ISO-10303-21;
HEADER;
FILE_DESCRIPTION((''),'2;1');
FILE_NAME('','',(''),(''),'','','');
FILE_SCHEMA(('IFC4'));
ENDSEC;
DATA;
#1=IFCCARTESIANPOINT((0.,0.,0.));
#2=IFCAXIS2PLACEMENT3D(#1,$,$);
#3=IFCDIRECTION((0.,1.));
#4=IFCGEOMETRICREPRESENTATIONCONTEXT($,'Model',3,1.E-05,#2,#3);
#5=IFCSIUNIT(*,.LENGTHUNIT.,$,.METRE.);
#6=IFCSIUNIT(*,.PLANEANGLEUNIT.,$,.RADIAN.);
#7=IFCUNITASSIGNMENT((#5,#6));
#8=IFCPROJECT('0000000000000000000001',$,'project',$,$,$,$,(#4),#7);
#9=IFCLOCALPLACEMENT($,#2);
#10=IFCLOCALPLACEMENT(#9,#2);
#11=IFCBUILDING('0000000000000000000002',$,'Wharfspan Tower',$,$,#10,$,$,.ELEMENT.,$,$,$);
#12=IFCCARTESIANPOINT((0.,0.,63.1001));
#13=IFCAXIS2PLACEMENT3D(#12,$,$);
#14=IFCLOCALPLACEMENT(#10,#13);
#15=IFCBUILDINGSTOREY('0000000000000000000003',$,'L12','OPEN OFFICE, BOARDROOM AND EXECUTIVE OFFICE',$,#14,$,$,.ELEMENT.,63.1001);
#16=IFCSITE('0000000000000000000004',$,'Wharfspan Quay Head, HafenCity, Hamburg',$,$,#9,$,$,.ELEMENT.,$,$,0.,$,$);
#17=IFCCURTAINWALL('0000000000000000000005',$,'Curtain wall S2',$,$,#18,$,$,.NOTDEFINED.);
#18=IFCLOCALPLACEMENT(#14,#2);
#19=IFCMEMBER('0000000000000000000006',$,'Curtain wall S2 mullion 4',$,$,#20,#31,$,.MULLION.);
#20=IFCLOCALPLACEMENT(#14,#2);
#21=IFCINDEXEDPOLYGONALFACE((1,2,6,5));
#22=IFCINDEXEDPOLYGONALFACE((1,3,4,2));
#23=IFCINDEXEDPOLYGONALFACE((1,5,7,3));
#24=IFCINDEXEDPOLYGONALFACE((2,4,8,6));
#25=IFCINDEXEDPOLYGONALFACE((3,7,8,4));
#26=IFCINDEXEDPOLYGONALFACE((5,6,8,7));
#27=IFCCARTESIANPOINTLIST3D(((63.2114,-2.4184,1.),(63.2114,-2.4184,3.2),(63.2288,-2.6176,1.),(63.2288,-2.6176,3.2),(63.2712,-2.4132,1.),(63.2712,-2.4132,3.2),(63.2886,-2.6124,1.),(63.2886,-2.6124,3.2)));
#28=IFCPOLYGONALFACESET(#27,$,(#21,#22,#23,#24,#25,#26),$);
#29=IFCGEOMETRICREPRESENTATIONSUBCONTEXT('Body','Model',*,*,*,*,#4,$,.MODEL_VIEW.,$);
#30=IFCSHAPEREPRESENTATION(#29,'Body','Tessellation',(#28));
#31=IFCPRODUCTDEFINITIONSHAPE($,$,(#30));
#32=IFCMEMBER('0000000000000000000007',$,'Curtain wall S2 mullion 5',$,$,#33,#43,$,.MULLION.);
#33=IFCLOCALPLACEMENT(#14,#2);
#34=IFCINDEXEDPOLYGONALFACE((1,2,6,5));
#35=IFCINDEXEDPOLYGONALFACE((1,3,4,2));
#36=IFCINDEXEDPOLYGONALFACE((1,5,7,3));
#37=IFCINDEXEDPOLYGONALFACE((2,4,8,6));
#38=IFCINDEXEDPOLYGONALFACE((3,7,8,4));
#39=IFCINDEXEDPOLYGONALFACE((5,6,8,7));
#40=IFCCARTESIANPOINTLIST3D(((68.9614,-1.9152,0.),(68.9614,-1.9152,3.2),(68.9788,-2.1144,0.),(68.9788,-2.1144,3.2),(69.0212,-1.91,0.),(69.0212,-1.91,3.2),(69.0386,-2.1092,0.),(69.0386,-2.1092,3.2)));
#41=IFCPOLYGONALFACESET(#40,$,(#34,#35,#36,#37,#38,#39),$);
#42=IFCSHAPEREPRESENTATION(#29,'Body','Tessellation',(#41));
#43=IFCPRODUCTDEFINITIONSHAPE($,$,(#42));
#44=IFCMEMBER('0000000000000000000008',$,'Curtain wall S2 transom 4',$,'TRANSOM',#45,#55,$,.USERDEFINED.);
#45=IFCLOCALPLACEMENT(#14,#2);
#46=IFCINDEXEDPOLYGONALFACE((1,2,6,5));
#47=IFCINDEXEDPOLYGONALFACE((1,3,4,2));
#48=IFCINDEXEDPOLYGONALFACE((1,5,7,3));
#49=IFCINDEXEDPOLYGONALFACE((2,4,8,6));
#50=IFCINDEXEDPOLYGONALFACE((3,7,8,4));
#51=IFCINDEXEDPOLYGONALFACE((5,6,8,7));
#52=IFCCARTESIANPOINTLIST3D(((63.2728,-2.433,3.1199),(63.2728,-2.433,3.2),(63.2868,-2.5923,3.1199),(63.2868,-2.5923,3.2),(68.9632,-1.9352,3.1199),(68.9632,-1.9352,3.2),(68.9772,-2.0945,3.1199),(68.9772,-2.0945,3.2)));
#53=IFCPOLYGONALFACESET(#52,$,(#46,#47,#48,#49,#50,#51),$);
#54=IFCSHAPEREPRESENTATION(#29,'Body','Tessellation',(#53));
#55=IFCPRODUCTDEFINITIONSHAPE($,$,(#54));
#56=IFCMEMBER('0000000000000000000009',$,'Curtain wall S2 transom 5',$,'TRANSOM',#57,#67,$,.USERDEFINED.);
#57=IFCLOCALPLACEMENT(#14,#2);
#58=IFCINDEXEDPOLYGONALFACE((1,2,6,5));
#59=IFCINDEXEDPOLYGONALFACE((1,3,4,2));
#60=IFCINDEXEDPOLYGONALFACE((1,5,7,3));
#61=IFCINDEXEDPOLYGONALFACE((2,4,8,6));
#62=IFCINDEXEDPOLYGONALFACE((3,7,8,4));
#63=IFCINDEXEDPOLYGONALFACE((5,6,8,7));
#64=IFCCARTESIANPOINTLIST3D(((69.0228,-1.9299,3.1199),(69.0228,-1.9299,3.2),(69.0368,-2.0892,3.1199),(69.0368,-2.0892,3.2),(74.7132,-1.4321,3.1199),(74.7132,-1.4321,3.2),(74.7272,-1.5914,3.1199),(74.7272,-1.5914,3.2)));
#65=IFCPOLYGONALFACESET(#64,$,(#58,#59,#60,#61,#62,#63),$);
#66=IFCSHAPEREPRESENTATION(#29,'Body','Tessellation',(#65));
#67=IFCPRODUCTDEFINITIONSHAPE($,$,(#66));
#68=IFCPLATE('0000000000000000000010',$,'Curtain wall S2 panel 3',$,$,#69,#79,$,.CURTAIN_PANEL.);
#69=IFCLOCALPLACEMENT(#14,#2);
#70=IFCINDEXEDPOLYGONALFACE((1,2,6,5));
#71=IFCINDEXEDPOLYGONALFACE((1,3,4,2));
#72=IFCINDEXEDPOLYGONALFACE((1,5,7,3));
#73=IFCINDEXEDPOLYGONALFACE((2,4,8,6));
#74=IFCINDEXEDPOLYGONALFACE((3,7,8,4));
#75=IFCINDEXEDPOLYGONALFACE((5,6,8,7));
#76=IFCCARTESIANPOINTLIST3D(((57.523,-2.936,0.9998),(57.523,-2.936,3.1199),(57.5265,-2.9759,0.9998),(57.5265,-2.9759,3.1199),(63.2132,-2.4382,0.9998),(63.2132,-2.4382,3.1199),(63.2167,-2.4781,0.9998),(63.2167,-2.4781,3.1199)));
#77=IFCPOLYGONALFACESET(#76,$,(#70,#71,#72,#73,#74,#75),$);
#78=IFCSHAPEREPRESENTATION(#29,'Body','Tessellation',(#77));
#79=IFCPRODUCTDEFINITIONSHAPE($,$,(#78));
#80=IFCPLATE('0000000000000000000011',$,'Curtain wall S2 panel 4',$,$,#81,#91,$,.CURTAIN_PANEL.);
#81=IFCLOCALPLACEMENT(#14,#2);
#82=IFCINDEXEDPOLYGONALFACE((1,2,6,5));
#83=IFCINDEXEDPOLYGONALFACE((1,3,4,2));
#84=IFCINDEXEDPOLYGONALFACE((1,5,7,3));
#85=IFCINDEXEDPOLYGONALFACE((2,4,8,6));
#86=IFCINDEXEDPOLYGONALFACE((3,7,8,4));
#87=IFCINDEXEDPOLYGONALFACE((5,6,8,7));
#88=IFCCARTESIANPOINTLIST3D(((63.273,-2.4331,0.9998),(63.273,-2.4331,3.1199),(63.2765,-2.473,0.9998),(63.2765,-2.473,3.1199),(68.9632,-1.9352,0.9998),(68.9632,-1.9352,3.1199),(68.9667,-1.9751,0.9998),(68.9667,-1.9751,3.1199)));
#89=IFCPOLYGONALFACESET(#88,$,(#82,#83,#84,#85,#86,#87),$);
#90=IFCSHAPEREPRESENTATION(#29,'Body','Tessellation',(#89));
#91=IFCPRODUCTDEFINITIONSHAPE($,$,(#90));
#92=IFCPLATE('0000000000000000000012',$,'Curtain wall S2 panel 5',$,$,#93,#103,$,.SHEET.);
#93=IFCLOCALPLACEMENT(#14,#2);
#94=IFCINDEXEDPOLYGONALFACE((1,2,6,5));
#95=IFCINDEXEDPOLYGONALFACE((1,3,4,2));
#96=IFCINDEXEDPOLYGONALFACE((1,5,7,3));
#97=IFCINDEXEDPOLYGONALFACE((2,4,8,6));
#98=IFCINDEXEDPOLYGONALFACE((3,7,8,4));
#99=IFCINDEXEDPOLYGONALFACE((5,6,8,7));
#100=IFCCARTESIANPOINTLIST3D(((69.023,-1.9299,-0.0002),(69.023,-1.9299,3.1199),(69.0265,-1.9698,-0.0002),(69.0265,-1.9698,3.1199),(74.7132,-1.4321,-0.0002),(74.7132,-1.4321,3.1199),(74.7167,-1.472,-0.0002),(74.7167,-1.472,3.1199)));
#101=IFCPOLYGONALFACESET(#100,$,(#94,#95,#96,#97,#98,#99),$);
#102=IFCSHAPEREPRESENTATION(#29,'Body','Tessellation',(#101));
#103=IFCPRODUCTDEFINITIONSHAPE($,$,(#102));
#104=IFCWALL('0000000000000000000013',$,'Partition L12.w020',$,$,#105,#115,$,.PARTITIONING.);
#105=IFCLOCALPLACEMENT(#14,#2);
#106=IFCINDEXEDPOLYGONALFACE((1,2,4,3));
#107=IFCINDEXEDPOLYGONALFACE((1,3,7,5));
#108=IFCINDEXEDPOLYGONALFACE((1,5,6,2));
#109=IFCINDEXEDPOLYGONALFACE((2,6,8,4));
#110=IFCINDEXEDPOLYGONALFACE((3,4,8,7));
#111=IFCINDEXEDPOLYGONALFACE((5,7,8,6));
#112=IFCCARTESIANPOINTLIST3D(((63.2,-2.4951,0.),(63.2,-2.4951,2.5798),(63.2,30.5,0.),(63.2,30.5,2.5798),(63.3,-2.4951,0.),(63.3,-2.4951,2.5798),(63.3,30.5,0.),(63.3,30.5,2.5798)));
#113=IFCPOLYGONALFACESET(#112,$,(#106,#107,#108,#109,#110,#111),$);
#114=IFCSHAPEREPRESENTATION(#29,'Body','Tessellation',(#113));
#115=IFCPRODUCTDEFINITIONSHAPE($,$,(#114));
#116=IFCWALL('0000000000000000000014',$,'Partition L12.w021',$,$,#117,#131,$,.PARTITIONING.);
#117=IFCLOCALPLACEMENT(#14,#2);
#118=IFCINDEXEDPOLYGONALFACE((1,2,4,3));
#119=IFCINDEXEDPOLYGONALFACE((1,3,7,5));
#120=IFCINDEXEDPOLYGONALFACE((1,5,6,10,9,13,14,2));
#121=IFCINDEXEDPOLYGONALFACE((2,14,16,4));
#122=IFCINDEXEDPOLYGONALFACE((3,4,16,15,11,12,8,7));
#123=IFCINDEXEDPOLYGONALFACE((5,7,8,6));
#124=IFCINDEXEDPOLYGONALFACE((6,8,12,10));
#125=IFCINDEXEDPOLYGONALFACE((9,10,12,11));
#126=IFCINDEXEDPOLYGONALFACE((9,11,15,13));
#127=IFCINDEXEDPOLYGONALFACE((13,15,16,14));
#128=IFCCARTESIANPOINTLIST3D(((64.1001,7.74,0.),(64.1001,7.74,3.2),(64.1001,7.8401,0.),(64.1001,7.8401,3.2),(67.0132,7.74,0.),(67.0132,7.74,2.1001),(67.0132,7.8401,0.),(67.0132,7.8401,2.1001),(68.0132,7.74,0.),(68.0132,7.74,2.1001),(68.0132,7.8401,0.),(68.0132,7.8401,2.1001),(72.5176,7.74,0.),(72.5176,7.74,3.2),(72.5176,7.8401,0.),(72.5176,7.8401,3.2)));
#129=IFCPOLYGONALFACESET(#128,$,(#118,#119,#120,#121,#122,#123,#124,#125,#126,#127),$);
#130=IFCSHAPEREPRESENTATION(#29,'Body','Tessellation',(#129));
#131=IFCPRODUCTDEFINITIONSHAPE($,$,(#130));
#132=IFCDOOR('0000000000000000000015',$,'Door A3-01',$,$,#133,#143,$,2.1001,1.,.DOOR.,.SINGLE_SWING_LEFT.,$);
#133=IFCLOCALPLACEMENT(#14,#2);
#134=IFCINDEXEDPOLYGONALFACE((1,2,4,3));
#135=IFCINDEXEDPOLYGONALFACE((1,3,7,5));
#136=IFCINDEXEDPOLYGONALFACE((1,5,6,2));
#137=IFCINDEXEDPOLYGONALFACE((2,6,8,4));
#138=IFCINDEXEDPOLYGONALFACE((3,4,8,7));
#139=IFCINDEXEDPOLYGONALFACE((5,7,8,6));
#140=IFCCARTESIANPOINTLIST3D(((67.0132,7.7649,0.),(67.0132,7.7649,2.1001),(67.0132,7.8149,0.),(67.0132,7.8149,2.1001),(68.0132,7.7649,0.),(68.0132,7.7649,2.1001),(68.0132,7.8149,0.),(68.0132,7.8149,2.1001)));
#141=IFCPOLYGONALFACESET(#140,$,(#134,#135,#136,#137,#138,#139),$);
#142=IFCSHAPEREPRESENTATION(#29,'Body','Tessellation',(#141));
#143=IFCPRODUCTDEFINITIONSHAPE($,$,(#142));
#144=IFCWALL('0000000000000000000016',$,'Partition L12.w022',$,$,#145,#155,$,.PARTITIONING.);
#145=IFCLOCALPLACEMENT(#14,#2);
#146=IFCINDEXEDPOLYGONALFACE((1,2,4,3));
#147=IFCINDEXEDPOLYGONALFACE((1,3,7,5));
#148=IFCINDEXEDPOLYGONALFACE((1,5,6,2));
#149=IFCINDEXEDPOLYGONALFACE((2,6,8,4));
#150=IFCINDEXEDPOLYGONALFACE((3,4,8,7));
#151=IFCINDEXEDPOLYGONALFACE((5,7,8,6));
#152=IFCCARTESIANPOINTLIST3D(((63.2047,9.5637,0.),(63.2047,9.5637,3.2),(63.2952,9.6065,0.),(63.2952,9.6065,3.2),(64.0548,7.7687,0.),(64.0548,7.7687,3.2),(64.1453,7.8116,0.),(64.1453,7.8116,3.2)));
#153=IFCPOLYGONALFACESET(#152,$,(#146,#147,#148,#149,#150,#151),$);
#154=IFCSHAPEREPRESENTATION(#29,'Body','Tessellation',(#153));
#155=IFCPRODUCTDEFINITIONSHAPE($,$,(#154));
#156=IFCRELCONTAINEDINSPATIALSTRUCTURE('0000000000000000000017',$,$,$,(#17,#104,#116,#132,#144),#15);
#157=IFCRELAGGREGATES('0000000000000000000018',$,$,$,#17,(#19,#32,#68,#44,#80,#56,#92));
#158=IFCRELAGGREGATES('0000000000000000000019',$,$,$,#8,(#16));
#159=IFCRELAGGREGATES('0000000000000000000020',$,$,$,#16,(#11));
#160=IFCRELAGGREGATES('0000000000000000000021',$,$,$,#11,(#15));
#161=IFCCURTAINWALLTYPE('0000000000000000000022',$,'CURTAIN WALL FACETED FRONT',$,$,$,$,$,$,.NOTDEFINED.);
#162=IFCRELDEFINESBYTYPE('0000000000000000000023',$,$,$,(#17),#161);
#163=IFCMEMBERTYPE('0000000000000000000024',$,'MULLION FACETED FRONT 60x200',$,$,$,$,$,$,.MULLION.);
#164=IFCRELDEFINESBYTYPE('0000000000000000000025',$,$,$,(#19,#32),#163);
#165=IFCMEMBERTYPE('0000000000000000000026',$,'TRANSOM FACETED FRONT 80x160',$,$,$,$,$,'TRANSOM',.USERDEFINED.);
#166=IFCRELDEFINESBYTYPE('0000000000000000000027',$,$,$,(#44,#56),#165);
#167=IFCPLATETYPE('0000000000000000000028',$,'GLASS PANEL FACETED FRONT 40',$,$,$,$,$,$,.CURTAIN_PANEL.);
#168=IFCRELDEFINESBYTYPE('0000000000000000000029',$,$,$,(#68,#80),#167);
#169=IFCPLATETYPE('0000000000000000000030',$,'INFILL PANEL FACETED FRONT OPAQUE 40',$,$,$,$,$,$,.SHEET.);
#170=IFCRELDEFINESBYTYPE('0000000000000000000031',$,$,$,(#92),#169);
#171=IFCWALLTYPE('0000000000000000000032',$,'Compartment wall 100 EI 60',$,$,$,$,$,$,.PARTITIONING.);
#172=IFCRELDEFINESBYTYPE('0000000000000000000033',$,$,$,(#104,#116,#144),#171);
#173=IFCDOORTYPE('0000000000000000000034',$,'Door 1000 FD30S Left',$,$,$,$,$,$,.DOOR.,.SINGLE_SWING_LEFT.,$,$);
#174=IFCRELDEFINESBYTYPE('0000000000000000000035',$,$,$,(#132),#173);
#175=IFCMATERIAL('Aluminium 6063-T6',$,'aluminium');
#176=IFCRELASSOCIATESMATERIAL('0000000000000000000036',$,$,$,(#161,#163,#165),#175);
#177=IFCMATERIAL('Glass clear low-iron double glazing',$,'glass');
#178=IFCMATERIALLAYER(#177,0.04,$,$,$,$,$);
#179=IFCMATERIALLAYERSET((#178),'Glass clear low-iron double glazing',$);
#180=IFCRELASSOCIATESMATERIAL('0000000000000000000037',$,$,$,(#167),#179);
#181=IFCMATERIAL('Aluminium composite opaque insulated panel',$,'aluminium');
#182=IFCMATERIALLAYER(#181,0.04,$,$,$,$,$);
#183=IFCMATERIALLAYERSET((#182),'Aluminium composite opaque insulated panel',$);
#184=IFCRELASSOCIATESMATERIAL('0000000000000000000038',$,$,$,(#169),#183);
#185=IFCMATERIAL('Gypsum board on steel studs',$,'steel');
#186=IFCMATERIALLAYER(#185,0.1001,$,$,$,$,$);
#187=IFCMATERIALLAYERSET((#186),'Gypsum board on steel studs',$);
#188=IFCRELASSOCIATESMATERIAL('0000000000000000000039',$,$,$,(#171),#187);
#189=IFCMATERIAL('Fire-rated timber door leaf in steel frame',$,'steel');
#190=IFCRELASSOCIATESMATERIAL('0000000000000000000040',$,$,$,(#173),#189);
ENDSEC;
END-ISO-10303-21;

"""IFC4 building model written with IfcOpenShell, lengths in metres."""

from ifc_helpers import new_model, si_unit, direction, frame, frame_2d, origin, origin_2d, place, context, subcontext, project, spatial, rectangle, extrude, material, layer, layer_set, material_profile, profile_set, type_object, element, fill, aggregate, save


model = new_model("IFC4")

# Units and contexts
model_context = context("Model", 3, precision=1e-05, world=origin(), true_north=direction((0.0, 1.0)))
body_context = subcontext(model_context, "Body", "Model", "MODEL_VIEW")
ifc_project = project(units=[si_unit("LENGTHUNIT", "METRE"), si_unit("PLANEANGLEUNIT", "RADIAN")], contexts=[model_context])

# Site, building, storey
site_placement = place(None, origin())
site = spatial("IfcSite", under=ifc_project, at=site_placement, Name="Wharfspan Quay Head, HafenCity, Hamburg", CompositionType="ELEMENT", RefElevation=0.0)
building_placement = place(site_placement, origin())
building = spatial("IfcBuilding", under=site, at=building_placement, Name="Wharfspan Tower", CompositionType="ELEMENT")
storey_placement = place(building_placement, frame((0.0, 0.0, 63.1001)))
storey = spatial("IfcBuildingStorey", under=building, at=storey_placement, Name="L12", Description="OPEN OFFICE, BOARDROOM AND EXECUTIVE OFFICE", CompositionType="ELEMENT", Elevation=63.1001)

# Curtain wall, members, plates
ifc_material_1 = material(Name="Aluminium 6063-T6", Category="aluminium")
curtain_wall_type = type_object("IfcCurtainWallType", Name="CURTAIN WALL FACETED FRONT", PredefinedType="NOTDEFINED", material=ifc_material_1)
curtain_wall_placement = place(storey_placement, origin())
curtain_wall = element("IfcCurtainWall", 1, at=curtain_wall_placement, inside=storey, type_object=curtain_wall_type, Name="Curtain wall S2", PredefinedType="NOTDEFINED")
ifc_material_profile_1 = material_profile(ifc_material_1, rectangle(XDim=0.2, YDim=0.0601, at=origin_2d()))
ifc_profile_set_1 = profile_set([ifc_material_profile_1], Name="Aluminium 6063-T6")
member_type_1 = type_object("IfcMemberType", Name="MULLION FACETED FRONT 60x200", PredefinedType="MULLION", material=ifc_profile_set_1)
member_1_placement = place(storey_placement, frame((63.25, -2.5154, 1.0), z_axis=(0.0, 0.0, 1.0), x_axis=(-0.087156, 0.996197, 0.0)))
member_1 = element("IfcMember", 2, at=member_1_placement, type_object=member_type_1, Name="Curtain wall S2 mullion 4", PredefinedType="MULLION", context=body_context, shape_type="SweptSolid", body=[
    extrude(rectangle(XDim=0.2, YDim=0.0601, at=origin_2d()), origin(), (0.0, 0.0, 1.0), 2.2),
])
member_2_placement = place(storey_placement, frame((69.0, -2.0122, 0.0), z_axis=(0.0, 0.0, 1.0), x_axis=(-0.087156, 0.996197, 0.0)))
member_2 = element("IfcMember", 3, at=member_2_placement, type_object=member_type_1, Name="Curtain wall S2 mullion 5", PredefinedType="MULLION", context=body_context, shape_type="SweptSolid", body=[
    extrude(rectangle(XDim=0.2, YDim=0.0601, at=origin_2d()), origin(), (0.0, 0.0, 1.0), 3.2),
])
ifc_material_profile_2 = material_profile(ifc_material_1, rectangle(XDim=0.1599, YDim=0.0801, at=origin_2d()))
ifc_profile_set_2 = profile_set([ifc_material_profile_2], Name="Aluminium 6063-T6")
member_type_2 = type_object("IfcMemberType", Name="TRANSOM FACETED FRONT 80x160", ElementType="TRANSOM", PredefinedType="USERDEFINED", material=ifc_profile_set_2)
member_3_placement = place(storey_placement, frame((63.2798, -2.5127, 3.1599), z_axis=(0.996195, 0.087148, 0.0), x_axis=(-0.087148, 0.996195, 0.0)))
member_3 = element("IfcMember", 4, at=member_3_placement, type_object=member_type_2, Name="Curtain wall S2 transom 4", ObjectType="TRANSOM", PredefinedType="USERDEFINED", context=body_context, shape_type="SweptSolid", body=[
    extrude(rectangle(XDim=0.1599, YDim=0.0801, at=origin_2d()), origin(), (0.0, 0.0, 1.0), 5.7122),
])
member_4_placement = place(storey_placement, frame((69.0298, -2.0095, 3.1599), z_axis=(0.996195, 0.087148, 0.0), x_axis=(-0.087148, 0.996195, 0.0)))
member_4 = element("IfcMember", 5, at=member_4_placement, type_object=member_type_2, Name="Curtain wall S2 transom 5", ObjectType="TRANSOM", PredefinedType="USERDEFINED", context=body_context, shape_type="SweptSolid", body=[
    extrude(rectangle(XDim=0.1599, YDim=0.0801, at=origin_2d()), origin(), (0.0, 0.0, 1.0), 5.7122),
])
ifc_material_2 = material(Name="Glass clear low-iron double glazing", Category="glass")
ifc_layer_1 = layer(ifc_material_2, 0.04)
ifc_layer_set_1 = layer_set([ifc_layer_1], Name="Glass clear low-iron double glazing")
plate_type_1 = type_object("IfcPlateType", Name="GLASS PANEL FACETED FRONT 40", PredefinedType="CURTAIN_PANEL", material=ifc_layer_set_1)
plate_1_placement = place(storey_placement, frame((60.3699, -2.707, 0.9998), z_axis=(0.0, 0.0, 1.0), x_axis=(0.996197, 0.087156, 0.0)))
plate_1 = element("IfcPlate", 6, at=plate_1_placement, type_object=plate_type_1, Name="Curtain wall S2 panel 3", PredefinedType="CURTAIN_PANEL", context=body_context, shape_type="SweptSolid", body=[
    extrude(rectangle(XDim=5.7119, YDim=0.04, at=origin_2d()), origin(), (0.0, 0.0, 1.0), 2.1201),
])
plate_2_placement = place(storey_placement, frame((66.1199, -2.2041, 0.9998), z_axis=(0.0, 0.0, 1.0), x_axis=(0.996197, 0.087156, 0.0)))
plate_2 = element("IfcPlate", 7, at=plate_2_placement, type_object=plate_type_1, Name="Curtain wall S2 panel 4", PredefinedType="CURTAIN_PANEL", context=body_context, shape_type="SweptSolid", body=[
    extrude(rectangle(XDim=5.7119, YDim=0.04, at=origin_2d()), origin(), (0.0, 0.0, 1.0), 2.1201),
])
ifc_material_3 = material(Name="Aluminium composite opaque insulated panel", Category="aluminium")
ifc_layer_2 = layer(ifc_material_3, 0.04)
ifc_layer_set_2 = layer_set([ifc_layer_2], Name="Aluminium composite opaque insulated panel")
plate_type_2 = type_object("IfcPlateType", Name="INFILL PANEL FACETED FRONT OPAQUE 40", PredefinedType="SHEET", material=ifc_layer_set_2)
plate_3_placement = place(storey_placement, frame((71.8699, -1.7009, -0.0002), z_axis=(0.0, 0.0, 1.0), x_axis=(0.996197, 0.087156, 0.0)))
plate_3 = element("IfcPlate", 8, at=plate_3_placement, type_object=plate_type_2, Name="Curtain wall S2 panel 5", PredefinedType="SHEET", context=body_context, shape_type="SweptSolid", body=[
    extrude(rectangle(XDim=5.7119, YDim=0.04, at=origin_2d()), origin(), (0.0, 0.0, 1.0), 3.1201),
])
aggregate(curtain_wall, [member_1, member_2, plate_1, member_3, plate_2, member_4, plate_3])

# Wall
ifc_material_4 = material(Name="Gypsum board on steel studs", Category="steel")
ifc_layer_3 = layer(ifc_material_4, 0.1001)
ifc_layer_set_3 = layer_set([ifc_layer_3], Name="Gypsum board on steel studs")
wall_type_1 = type_object("IfcWallType", Name="Compartment wall 100 EI 60", PredefinedType="PARTITIONING", material=ifc_layer_set_3)
wall_1_placement = place(storey_placement, frame((63.25, -2.4951, 0.0), z_axis=(0.0, 0.0, 1.0), x_axis=(0.0, 1.0, 0.0)))
element("IfcWall", 9, at=wall_1_placement, inside=storey, type_object=wall_type_1, Name="Partition L12.w020", PredefinedType="PARTITIONING", context=body_context, shape_type="SweptSolid", body=[
    extrude(rectangle(XDim=32.9951, YDim=0.1001, at=frame_2d((16.4976, 0.0))), origin(), (0.0, 0.0, 1.0), 2.5798),
])

# Wall, opening, door
wall_2_placement = place(storey_placement, frame((64.1001, 7.79, 0.0), z_axis=(0.0, 0.0, 1.0), x_axis=(1.0, 0.0, 0.0)))
wall_2 = element("IfcWall", 10, at=wall_2_placement, inside=storey, type_object=wall_type_1, Name="Partition L12.w021", PredefinedType="PARTITIONING", context=body_context, shape_type="SweptSolid", body=[
    extrude(rectangle(XDim=8.4175, YDim=0.1001, at=frame_2d((4.2087, 0.0))), origin(), (0.0, 0.0, 1.0), 3.2),
])
opening_1_placement = place(wall_2_placement, frame((2.9131, 0.0, 0.0)))
opening_1 = element("IfcOpeningElement", 11, at=opening_1_placement, cuts=wall_2, PredefinedType="OPENING", context=body_context, shape_type="SweptSolid", body=[
    extrude(rectangle(XDim=1.0, YDim=2.1001, at=frame_2d((0.5, 1.05))), frame((0.0, 0.0601, 0.0), z_axis=(0.0, -1.0, 0.0), x_axis=(1.0, 0.0, 0.0)), (0.0, 0.0, 1.0), 0.1201),
])
ifc_material_5 = material(Name="Fire-rated timber door leaf in steel frame", Category="steel")
door_type_1 = type_object("IfcDoorType", Name="Door 1000 FD30S Left", OperationType="SINGLE_SWING_LEFT", PredefinedType="DOOR", material=ifc_material_5)
door_1_placement = place(opening_1_placement, origin())
door_1 = element("IfcDoor", 12, at=door_1_placement, inside=storey, type_object=door_type_1, Name="Door A3-01", OperationType="SINGLE_SWING_LEFT", OverallHeight=2.1001, OverallWidth=1.0, PredefinedType="DOOR", context=body_context, shape_type="SweptSolid", body=[
    extrude(rectangle(XDim=1.0, YDim=2.1001, at=frame_2d((0.5, 1.05))), frame((0.0, 0.0249, 0.0), z_axis=(0.0, -1.0, 0.0), x_axis=(1.0, 0.0, 0.0)), (0.0, 0.0, 1.0), 0.05),
])
fill(opening_1, door_1)

# Wall
wall_3_placement = place(storey_placement, frame((64.1001, 7.79, 0.0), z_axis=(0.0, 0.0, 1.0), x_axis=(-0.428035, 0.903766, 0.0)))
element("IfcWall", 13, at=wall_3_placement, inside=storey, type_object=wall_type_1, Name="Partition L12.w022", PredefinedType="PARTITIONING", context=body_context, shape_type="SweptSolid", body=[
    extrude(rectangle(XDim=1.9861, YDim=0.1001, at=frame_2d((0.9932, 0.0))), origin(), (0.0, 0.0, 1.0), 3.2),
])

save(model, "model.ifc")
